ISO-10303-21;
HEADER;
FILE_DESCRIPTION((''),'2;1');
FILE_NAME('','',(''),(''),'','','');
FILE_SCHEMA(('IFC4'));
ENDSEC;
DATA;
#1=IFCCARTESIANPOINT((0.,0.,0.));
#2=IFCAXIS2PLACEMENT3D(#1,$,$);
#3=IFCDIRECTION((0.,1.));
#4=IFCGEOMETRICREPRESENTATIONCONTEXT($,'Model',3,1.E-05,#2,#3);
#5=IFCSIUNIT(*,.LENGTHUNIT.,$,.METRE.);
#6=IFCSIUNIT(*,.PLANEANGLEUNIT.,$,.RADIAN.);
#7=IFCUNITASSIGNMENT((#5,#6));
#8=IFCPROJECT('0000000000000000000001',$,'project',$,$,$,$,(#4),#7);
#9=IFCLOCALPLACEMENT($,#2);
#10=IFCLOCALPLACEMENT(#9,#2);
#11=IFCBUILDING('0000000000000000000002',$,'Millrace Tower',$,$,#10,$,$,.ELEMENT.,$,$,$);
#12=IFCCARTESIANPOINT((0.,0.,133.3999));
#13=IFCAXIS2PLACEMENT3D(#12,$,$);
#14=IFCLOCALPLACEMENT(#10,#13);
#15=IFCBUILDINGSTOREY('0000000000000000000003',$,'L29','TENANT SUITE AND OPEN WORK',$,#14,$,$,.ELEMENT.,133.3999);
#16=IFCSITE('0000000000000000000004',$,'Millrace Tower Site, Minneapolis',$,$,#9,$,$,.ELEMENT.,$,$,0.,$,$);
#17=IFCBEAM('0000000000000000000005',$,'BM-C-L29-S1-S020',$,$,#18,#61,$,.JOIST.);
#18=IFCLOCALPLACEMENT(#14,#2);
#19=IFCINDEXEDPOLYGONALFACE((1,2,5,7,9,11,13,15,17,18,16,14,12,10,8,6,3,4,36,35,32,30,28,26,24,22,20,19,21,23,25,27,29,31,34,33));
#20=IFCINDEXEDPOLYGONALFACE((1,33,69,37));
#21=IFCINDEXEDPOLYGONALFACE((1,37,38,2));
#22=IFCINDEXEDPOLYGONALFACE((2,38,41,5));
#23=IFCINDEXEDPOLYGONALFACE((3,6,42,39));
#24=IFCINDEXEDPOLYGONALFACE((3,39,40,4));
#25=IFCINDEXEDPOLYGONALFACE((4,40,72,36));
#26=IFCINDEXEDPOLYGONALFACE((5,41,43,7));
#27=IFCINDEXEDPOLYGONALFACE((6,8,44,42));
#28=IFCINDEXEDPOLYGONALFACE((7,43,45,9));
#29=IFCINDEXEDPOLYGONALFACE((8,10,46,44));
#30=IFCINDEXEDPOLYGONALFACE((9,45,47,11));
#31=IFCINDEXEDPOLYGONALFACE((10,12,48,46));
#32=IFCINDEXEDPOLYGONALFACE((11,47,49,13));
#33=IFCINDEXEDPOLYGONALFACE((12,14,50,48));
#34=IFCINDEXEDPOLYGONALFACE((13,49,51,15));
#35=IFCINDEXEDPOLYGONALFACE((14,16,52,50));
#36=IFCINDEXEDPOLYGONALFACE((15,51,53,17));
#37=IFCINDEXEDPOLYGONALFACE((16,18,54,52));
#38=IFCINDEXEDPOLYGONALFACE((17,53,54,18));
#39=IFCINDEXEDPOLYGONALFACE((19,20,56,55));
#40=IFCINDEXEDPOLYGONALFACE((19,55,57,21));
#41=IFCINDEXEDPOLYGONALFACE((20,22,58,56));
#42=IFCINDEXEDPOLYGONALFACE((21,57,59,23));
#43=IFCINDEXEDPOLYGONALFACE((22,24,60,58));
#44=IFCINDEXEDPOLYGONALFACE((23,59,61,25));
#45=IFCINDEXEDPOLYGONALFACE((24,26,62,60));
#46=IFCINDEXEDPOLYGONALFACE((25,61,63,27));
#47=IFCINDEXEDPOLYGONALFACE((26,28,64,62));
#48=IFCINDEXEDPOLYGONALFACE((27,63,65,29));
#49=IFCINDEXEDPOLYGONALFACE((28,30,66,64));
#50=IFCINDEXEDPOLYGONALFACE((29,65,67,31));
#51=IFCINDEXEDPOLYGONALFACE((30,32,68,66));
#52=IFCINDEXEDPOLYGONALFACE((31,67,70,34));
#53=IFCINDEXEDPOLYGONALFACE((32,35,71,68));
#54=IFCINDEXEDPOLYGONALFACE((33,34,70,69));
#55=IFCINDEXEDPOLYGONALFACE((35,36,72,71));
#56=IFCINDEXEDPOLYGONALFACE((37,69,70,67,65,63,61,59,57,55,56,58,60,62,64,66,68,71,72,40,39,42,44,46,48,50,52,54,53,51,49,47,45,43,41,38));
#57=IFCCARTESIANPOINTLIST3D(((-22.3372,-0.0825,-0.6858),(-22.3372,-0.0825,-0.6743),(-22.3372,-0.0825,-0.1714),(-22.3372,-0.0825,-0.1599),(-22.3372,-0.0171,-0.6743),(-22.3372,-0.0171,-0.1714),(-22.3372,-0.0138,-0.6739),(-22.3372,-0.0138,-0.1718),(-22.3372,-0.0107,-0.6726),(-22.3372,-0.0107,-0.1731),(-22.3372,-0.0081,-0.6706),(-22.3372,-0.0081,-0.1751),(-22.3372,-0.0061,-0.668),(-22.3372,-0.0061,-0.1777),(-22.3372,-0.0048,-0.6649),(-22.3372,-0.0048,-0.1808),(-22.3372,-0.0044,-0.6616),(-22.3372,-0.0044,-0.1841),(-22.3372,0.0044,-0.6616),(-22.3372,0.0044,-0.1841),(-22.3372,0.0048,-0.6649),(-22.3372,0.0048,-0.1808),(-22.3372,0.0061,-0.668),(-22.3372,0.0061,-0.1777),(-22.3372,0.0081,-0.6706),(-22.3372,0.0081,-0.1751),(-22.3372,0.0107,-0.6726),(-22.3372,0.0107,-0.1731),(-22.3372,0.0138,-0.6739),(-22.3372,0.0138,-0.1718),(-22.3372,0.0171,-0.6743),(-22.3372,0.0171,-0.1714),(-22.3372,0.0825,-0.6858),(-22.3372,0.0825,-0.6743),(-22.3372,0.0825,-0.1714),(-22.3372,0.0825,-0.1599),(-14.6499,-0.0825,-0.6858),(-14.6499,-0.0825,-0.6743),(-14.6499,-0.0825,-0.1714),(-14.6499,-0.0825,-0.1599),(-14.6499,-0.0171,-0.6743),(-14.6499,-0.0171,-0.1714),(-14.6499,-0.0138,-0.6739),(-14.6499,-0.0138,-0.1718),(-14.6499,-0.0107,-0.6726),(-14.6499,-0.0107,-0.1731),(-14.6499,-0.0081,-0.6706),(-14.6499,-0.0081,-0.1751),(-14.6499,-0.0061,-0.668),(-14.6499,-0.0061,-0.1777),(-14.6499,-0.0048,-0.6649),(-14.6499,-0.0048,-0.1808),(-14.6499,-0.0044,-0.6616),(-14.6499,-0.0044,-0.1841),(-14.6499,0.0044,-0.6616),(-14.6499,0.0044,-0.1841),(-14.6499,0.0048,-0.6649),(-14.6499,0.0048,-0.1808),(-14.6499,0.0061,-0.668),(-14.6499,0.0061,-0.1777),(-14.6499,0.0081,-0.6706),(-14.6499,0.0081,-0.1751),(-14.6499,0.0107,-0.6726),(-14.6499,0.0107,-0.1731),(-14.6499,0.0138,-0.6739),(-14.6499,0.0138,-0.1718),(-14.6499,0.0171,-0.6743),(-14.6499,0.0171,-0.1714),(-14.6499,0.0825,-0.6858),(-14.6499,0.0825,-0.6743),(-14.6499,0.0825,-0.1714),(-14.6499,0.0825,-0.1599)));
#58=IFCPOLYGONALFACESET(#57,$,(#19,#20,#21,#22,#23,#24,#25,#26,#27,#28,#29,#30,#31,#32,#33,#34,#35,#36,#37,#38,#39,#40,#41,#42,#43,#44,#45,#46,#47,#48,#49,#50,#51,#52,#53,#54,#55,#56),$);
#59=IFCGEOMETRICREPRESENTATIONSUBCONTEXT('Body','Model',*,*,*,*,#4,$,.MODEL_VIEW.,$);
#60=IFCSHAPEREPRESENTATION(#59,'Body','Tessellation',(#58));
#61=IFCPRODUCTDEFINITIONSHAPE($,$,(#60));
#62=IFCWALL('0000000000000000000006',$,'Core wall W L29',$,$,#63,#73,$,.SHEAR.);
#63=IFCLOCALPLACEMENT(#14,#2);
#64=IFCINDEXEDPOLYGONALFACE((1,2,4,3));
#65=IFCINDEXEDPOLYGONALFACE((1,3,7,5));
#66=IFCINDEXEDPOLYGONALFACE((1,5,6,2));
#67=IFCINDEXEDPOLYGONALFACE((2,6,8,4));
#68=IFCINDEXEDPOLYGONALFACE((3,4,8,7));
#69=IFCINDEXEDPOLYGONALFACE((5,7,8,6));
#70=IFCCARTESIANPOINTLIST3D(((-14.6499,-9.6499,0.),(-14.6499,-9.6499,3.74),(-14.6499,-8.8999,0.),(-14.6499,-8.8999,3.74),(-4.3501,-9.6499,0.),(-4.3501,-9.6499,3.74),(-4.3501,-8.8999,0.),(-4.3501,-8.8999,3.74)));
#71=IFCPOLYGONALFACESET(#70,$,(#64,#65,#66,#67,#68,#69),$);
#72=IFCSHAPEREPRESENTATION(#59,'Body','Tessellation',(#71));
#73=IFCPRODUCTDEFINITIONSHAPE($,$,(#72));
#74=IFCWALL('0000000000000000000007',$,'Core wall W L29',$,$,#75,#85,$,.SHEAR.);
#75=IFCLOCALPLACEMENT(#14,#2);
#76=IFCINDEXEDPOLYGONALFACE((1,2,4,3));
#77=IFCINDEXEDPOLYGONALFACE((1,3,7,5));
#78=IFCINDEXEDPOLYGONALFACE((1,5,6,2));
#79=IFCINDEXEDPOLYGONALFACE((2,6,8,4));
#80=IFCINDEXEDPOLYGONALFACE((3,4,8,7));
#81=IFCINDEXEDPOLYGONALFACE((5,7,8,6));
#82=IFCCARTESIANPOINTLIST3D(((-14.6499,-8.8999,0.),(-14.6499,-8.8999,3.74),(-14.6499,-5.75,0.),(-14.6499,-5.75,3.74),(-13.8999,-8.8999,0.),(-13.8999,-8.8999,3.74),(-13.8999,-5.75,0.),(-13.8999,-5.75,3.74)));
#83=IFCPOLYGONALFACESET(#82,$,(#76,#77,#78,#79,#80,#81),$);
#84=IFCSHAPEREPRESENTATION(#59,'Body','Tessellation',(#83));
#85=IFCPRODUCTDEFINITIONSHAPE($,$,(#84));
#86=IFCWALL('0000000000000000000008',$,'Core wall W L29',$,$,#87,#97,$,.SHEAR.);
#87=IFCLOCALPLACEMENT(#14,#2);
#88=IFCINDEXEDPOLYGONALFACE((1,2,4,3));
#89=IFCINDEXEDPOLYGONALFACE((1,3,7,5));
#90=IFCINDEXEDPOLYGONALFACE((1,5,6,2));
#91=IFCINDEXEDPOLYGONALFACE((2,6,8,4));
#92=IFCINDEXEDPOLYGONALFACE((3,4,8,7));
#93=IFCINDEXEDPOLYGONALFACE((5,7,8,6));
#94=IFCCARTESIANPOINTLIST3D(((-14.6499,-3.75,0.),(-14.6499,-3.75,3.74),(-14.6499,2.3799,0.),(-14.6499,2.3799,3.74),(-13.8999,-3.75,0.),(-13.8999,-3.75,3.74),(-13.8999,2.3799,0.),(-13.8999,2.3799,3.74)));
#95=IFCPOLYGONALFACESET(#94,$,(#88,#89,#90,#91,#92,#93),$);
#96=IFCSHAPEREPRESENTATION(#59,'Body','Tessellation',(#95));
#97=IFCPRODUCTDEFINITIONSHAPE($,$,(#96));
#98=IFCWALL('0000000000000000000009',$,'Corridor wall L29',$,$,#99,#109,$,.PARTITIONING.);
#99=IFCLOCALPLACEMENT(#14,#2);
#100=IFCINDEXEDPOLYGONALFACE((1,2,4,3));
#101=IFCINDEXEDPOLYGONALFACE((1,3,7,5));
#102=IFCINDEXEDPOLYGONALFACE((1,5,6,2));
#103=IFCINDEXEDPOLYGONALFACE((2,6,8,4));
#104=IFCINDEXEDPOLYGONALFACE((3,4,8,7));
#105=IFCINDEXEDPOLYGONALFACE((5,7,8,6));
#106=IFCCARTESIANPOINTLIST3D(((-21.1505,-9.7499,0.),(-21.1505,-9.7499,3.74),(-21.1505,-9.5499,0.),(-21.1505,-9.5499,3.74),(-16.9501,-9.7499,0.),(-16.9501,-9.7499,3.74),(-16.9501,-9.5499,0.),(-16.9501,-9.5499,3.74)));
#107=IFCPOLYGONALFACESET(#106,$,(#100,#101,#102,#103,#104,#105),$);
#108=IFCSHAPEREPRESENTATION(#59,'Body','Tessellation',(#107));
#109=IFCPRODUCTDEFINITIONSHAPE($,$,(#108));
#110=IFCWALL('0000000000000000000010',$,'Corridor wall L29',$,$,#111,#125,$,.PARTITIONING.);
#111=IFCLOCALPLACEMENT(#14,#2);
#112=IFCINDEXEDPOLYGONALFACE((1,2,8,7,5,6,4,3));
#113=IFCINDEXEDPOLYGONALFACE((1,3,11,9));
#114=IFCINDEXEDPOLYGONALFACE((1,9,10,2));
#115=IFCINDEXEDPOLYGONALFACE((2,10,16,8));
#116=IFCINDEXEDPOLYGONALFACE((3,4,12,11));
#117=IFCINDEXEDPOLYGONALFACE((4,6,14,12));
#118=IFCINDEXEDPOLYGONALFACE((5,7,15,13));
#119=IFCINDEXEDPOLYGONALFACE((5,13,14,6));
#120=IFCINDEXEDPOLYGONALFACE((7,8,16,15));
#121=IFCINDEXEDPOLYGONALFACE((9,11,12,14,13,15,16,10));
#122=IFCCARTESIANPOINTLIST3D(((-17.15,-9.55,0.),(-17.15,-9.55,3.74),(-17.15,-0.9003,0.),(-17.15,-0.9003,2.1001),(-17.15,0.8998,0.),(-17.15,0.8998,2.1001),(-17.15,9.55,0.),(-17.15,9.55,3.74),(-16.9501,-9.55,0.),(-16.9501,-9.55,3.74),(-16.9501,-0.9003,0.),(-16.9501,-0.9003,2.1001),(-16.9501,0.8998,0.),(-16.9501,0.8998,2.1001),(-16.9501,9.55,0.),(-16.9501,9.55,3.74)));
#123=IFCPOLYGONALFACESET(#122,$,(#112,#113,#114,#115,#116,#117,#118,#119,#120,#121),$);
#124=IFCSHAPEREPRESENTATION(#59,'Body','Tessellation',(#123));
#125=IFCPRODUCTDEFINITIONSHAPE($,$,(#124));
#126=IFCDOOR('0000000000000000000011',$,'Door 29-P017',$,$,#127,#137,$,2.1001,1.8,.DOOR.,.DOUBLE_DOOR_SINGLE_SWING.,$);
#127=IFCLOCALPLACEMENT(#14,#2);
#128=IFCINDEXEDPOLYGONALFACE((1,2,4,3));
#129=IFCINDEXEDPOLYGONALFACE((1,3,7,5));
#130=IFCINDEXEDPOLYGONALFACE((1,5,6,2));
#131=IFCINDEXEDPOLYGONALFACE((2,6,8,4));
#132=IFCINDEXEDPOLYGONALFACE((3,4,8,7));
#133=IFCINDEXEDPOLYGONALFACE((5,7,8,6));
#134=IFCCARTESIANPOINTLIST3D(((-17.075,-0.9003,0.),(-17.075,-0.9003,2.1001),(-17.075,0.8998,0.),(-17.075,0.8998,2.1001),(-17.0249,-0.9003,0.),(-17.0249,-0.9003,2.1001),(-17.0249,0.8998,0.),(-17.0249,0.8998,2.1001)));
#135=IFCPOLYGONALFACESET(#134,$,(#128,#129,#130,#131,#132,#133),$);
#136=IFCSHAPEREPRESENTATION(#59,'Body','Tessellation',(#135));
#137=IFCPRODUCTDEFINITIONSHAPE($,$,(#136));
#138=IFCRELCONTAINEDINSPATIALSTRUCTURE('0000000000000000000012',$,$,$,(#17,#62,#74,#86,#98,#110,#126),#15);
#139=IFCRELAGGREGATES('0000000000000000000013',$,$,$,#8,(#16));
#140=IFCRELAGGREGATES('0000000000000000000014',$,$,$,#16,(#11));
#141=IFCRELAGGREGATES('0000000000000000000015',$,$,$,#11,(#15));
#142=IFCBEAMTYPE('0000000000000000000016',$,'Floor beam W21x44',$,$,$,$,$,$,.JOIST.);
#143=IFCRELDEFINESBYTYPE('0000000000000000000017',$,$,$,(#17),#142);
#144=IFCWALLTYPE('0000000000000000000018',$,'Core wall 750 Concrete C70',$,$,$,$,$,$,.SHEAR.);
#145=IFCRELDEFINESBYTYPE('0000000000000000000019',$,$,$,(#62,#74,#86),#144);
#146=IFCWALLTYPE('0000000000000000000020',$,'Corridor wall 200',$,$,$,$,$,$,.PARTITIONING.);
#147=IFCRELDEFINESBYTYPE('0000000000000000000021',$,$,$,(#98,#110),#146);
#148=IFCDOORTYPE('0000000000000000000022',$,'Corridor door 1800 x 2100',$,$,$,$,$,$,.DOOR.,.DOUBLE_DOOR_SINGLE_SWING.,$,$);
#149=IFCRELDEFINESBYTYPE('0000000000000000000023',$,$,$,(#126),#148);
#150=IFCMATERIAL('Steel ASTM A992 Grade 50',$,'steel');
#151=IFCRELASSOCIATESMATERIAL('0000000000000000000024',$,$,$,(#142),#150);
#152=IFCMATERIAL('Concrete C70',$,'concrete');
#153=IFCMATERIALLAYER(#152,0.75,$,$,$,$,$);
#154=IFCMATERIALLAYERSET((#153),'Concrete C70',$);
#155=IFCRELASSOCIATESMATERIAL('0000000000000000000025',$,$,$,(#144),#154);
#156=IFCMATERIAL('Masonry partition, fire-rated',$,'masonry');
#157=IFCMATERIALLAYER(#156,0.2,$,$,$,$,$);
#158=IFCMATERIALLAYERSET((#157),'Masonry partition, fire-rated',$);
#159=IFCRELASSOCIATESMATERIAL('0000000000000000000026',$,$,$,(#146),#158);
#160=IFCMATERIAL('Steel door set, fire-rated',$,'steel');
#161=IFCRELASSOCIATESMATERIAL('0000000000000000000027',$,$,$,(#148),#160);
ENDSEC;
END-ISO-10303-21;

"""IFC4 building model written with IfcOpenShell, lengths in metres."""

from ifc_helpers import new_model, si_unit, direction, frame, frame_2d, origin, origin_2d, place, context, subcontext, project, spatial, rectangle, i_section, extrude, material, layer, layer_set, material_profile, profile_set, type_object, element, fill, save


model = new_model("IFC4")

# Units and contexts
model_context = context("Model", 3, precision=1e-05, world=origin(), true_north=direction((0.0, 1.0)))
body_context = subcontext(model_context, "Body", "Model", "MODEL_VIEW")
ifc_project = project(units=[si_unit("LENGTHUNIT", "METRE"), si_unit("PLANEANGLEUNIT", "RADIAN")], contexts=[model_context])

# Site, building, storey
site_placement = place(None, origin())
site = spatial("IfcSite", under=ifc_project, at=site_placement, Name="Millrace Tower Site, Minneapolis", CompositionType="ELEMENT", RefElevation=0.0)
building_placement = place(site_placement, origin())
building = spatial("IfcBuilding", under=site, at=building_placement, Name="Millrace Tower", CompositionType="ELEMENT")
storey_placement = place(building_placement, frame((0.0, 0.0, 133.3999)))
storey = spatial("IfcBuildingStorey", under=building, at=storey_placement, Name="L29", Description="TENANT SUITE AND OPEN WORK", CompositionType="ELEMENT", Elevation=133.3999)

# Beam
ifc_material_1 = material(Name="Steel ASTM A992 Grade 50", Category="steel")
ifc_material_profile_1 = material_profile(ifc_material_1, i_section(OverallWidth=0.165, OverallDepth=0.5259, WebThickness=0.0088, FlangeThickness=0.0115, FilletRadius=0.0127, at=origin_2d()))
ifc_profile_set_1 = profile_set([ifc_material_profile_1], Name="Steel ASTM A992 Grade 50")
beam_type_1 = type_object("IfcBeamType", Name="Floor beam W21x44", PredefinedType="JOIST", material=ifc_profile_set_1)
beam_1_placement = place(storey_placement, frame((-22.3372, 0.0, -0.4229), z_axis=(1.0, 0.0, 0.0), x_axis=(0.0, 1.0, 0.0)))
element("IfcBeam", 1, at=beam_1_placement, inside=storey, type_object=beam_type_1, Name="BM-C-L29-S1-S020", PredefinedType="JOIST", context=body_context, shape_type="SweptSolid", body=[
    extrude(i_section(OverallWidth=0.165, OverallDepth=0.5259, WebThickness=0.0088, FlangeThickness=0.0115, FilletRadius=0.0127, at=origin_2d()), origin(), (0.0, 0.0, 1.0), 7.6873),
])

# Walls
ifc_material_2 = material(Name="Concrete C70", Category="concrete")
ifc_layer_1 = layer(ifc_material_2, 0.75)
ifc_layer_set_1 = layer_set([ifc_layer_1], Name="Concrete C70")
wall_type_1 = type_object("IfcWallType", Name="Core wall 750 Concrete C70", PredefinedType="SHEAR", material=ifc_layer_set_1)
wall_1_placement = place(storey_placement, frame((-14.6499, -9.2749, 0.0), z_axis=(0.0, 0.0, 1.0), x_axis=(1.0, 0.0, 0.0)))
element("IfcWall", 2, at=wall_1_placement, inside=storey, type_object=wall_type_1, Name="Core wall W L29", PredefinedType="SHEAR", context=body_context, shape_type="SweptSolid", body=[
    extrude(rectangle(XDim=10.2998, YDim=0.75, at=frame_2d((5.1499, 0.0))), origin(), (0.0, 0.0, 1.0), 3.74),
])
wall_2_placement = place(storey_placement, frame((-14.2749, -8.8999, 0.0), z_axis=(0.0, 0.0, 1.0), x_axis=(0.0, 1.0, 0.0)))
element("IfcWall", 3, at=wall_2_placement, inside=storey, type_object=wall_type_1, Name="Core wall W L29", PredefinedType="SHEAR", context=body_context, shape_type="SweptSolid", body=[
    extrude(rectangle(XDim=3.1499, YDim=0.75, at=frame_2d((1.575, 0.0))), origin(), (0.0, 0.0, 1.0), 3.74),
])
wall_3_placement = place(storey_placement, frame((-14.2749, -3.75, 0.0), z_axis=(0.0, 0.0, 1.0), x_axis=(0.0, 1.0, 0.0)))
element("IfcWall", 4, at=wall_3_placement, inside=storey, type_object=wall_type_1, Name="Core wall W L29", PredefinedType="SHEAR", context=body_context, shape_type="SweptSolid", body=[
    extrude(rectangle(XDim=6.1299, YDim=0.75, at=frame_2d((3.0649, 0.0))), origin(), (0.0, 0.0, 1.0), 3.74),
])
ifc_material_3 = material(Name="Masonry partition, fire-rated", Category="masonry")
ifc_layer_2 = layer(ifc_material_3, 0.2)
ifc_layer_set_2 = layer_set([ifc_layer_2], Name="Masonry partition, fire-rated")
wall_type_2 = type_object("IfcWallType", Name="Corridor wall 200", PredefinedType="PARTITIONING", material=ifc_layer_set_2)
wall_4_placement = place(storey_placement, frame((-21.1504, -9.6499, 0.0), z_axis=(0.0, 0.0, 1.0), x_axis=(1.0, 0.0, 0.0)))
element("IfcWall", 5, at=wall_4_placement, inside=storey, type_object=wall_type_2, Name="Corridor wall L29", PredefinedType="PARTITIONING", context=body_context, shape_type="SweptSolid", body=[
    extrude(rectangle(XDim=4.2004, YDim=0.2, at=frame_2d((2.1001, 0.0))), origin(), (0.0, 0.0, 1.0), 3.74),
])

# Wall, opening, door
wall_5_placement = place(storey_placement, frame((-17.05, -9.55, 0.0), z_axis=(0.0, 0.0, 1.0), x_axis=(0.0, 1.0, 0.0)))
wall_5 = element("IfcWall", 6, at=wall_5_placement, inside=storey, type_object=wall_type_2, Name="Corridor wall L29", PredefinedType="PARTITIONING", context=body_context, shape_type="SweptSolid", body=[
    extrude(rectangle(XDim=19.1001, YDim=0.2, at=frame_2d((9.55, 0.0))), origin(), (0.0, 0.0, 1.0), 3.74),
])
opening_1_placement = place(wall_5_placement, frame((8.6499, 0.0, 0.0)))
opening_1 = element("IfcOpeningElement", 7, at=opening_1_placement, cuts=wall_5, PredefinedType="OPENING", context=body_context, shape_type="SweptSolid", body=[
    extrude(rectangle(XDim=1.8, YDim=2.1001, at=frame_2d((0.8999, 1.05))), frame((0.0, 0.1099, 0.0), z_axis=(0.0, -1.0, 0.0), x_axis=(1.0, 0.0, 0.0)), (0.0, 0.0, 1.0), 0.22),
])
ifc_material_4 = material(Name="Steel door set, fire-rated", Category="steel")
door_type_1 = type_object("IfcDoorType", Name="Corridor door 1800 x 2100", OperationType="DOUBLE_DOOR_SINGLE_SWING", PredefinedType="DOOR", material=ifc_material_4)
door_1_placement = place(opening_1_placement, origin())
door_1 = element("IfcDoor", 8, at=door_1_placement, inside=storey, type_object=door_type_1, Name="Door 29-P017", OperationType="DOUBLE_DOOR_SINGLE_SWING", OverallHeight=2.1001, OverallWidth=1.8, PredefinedType="DOOR", context=body_context, shape_type="SweptSolid", body=[
    extrude(rectangle(XDim=1.8, YDim=2.1001, at=frame_2d((0.8999, 1.05))), frame((0.0, 0.0249, 0.0), z_axis=(0.0, -1.0, 0.0), x_axis=(1.0, 0.0, 0.0)), (0.0, 0.0, 1.0), 0.05),
])
fill(opening_1, door_1)

save(model, "model.ifc")
